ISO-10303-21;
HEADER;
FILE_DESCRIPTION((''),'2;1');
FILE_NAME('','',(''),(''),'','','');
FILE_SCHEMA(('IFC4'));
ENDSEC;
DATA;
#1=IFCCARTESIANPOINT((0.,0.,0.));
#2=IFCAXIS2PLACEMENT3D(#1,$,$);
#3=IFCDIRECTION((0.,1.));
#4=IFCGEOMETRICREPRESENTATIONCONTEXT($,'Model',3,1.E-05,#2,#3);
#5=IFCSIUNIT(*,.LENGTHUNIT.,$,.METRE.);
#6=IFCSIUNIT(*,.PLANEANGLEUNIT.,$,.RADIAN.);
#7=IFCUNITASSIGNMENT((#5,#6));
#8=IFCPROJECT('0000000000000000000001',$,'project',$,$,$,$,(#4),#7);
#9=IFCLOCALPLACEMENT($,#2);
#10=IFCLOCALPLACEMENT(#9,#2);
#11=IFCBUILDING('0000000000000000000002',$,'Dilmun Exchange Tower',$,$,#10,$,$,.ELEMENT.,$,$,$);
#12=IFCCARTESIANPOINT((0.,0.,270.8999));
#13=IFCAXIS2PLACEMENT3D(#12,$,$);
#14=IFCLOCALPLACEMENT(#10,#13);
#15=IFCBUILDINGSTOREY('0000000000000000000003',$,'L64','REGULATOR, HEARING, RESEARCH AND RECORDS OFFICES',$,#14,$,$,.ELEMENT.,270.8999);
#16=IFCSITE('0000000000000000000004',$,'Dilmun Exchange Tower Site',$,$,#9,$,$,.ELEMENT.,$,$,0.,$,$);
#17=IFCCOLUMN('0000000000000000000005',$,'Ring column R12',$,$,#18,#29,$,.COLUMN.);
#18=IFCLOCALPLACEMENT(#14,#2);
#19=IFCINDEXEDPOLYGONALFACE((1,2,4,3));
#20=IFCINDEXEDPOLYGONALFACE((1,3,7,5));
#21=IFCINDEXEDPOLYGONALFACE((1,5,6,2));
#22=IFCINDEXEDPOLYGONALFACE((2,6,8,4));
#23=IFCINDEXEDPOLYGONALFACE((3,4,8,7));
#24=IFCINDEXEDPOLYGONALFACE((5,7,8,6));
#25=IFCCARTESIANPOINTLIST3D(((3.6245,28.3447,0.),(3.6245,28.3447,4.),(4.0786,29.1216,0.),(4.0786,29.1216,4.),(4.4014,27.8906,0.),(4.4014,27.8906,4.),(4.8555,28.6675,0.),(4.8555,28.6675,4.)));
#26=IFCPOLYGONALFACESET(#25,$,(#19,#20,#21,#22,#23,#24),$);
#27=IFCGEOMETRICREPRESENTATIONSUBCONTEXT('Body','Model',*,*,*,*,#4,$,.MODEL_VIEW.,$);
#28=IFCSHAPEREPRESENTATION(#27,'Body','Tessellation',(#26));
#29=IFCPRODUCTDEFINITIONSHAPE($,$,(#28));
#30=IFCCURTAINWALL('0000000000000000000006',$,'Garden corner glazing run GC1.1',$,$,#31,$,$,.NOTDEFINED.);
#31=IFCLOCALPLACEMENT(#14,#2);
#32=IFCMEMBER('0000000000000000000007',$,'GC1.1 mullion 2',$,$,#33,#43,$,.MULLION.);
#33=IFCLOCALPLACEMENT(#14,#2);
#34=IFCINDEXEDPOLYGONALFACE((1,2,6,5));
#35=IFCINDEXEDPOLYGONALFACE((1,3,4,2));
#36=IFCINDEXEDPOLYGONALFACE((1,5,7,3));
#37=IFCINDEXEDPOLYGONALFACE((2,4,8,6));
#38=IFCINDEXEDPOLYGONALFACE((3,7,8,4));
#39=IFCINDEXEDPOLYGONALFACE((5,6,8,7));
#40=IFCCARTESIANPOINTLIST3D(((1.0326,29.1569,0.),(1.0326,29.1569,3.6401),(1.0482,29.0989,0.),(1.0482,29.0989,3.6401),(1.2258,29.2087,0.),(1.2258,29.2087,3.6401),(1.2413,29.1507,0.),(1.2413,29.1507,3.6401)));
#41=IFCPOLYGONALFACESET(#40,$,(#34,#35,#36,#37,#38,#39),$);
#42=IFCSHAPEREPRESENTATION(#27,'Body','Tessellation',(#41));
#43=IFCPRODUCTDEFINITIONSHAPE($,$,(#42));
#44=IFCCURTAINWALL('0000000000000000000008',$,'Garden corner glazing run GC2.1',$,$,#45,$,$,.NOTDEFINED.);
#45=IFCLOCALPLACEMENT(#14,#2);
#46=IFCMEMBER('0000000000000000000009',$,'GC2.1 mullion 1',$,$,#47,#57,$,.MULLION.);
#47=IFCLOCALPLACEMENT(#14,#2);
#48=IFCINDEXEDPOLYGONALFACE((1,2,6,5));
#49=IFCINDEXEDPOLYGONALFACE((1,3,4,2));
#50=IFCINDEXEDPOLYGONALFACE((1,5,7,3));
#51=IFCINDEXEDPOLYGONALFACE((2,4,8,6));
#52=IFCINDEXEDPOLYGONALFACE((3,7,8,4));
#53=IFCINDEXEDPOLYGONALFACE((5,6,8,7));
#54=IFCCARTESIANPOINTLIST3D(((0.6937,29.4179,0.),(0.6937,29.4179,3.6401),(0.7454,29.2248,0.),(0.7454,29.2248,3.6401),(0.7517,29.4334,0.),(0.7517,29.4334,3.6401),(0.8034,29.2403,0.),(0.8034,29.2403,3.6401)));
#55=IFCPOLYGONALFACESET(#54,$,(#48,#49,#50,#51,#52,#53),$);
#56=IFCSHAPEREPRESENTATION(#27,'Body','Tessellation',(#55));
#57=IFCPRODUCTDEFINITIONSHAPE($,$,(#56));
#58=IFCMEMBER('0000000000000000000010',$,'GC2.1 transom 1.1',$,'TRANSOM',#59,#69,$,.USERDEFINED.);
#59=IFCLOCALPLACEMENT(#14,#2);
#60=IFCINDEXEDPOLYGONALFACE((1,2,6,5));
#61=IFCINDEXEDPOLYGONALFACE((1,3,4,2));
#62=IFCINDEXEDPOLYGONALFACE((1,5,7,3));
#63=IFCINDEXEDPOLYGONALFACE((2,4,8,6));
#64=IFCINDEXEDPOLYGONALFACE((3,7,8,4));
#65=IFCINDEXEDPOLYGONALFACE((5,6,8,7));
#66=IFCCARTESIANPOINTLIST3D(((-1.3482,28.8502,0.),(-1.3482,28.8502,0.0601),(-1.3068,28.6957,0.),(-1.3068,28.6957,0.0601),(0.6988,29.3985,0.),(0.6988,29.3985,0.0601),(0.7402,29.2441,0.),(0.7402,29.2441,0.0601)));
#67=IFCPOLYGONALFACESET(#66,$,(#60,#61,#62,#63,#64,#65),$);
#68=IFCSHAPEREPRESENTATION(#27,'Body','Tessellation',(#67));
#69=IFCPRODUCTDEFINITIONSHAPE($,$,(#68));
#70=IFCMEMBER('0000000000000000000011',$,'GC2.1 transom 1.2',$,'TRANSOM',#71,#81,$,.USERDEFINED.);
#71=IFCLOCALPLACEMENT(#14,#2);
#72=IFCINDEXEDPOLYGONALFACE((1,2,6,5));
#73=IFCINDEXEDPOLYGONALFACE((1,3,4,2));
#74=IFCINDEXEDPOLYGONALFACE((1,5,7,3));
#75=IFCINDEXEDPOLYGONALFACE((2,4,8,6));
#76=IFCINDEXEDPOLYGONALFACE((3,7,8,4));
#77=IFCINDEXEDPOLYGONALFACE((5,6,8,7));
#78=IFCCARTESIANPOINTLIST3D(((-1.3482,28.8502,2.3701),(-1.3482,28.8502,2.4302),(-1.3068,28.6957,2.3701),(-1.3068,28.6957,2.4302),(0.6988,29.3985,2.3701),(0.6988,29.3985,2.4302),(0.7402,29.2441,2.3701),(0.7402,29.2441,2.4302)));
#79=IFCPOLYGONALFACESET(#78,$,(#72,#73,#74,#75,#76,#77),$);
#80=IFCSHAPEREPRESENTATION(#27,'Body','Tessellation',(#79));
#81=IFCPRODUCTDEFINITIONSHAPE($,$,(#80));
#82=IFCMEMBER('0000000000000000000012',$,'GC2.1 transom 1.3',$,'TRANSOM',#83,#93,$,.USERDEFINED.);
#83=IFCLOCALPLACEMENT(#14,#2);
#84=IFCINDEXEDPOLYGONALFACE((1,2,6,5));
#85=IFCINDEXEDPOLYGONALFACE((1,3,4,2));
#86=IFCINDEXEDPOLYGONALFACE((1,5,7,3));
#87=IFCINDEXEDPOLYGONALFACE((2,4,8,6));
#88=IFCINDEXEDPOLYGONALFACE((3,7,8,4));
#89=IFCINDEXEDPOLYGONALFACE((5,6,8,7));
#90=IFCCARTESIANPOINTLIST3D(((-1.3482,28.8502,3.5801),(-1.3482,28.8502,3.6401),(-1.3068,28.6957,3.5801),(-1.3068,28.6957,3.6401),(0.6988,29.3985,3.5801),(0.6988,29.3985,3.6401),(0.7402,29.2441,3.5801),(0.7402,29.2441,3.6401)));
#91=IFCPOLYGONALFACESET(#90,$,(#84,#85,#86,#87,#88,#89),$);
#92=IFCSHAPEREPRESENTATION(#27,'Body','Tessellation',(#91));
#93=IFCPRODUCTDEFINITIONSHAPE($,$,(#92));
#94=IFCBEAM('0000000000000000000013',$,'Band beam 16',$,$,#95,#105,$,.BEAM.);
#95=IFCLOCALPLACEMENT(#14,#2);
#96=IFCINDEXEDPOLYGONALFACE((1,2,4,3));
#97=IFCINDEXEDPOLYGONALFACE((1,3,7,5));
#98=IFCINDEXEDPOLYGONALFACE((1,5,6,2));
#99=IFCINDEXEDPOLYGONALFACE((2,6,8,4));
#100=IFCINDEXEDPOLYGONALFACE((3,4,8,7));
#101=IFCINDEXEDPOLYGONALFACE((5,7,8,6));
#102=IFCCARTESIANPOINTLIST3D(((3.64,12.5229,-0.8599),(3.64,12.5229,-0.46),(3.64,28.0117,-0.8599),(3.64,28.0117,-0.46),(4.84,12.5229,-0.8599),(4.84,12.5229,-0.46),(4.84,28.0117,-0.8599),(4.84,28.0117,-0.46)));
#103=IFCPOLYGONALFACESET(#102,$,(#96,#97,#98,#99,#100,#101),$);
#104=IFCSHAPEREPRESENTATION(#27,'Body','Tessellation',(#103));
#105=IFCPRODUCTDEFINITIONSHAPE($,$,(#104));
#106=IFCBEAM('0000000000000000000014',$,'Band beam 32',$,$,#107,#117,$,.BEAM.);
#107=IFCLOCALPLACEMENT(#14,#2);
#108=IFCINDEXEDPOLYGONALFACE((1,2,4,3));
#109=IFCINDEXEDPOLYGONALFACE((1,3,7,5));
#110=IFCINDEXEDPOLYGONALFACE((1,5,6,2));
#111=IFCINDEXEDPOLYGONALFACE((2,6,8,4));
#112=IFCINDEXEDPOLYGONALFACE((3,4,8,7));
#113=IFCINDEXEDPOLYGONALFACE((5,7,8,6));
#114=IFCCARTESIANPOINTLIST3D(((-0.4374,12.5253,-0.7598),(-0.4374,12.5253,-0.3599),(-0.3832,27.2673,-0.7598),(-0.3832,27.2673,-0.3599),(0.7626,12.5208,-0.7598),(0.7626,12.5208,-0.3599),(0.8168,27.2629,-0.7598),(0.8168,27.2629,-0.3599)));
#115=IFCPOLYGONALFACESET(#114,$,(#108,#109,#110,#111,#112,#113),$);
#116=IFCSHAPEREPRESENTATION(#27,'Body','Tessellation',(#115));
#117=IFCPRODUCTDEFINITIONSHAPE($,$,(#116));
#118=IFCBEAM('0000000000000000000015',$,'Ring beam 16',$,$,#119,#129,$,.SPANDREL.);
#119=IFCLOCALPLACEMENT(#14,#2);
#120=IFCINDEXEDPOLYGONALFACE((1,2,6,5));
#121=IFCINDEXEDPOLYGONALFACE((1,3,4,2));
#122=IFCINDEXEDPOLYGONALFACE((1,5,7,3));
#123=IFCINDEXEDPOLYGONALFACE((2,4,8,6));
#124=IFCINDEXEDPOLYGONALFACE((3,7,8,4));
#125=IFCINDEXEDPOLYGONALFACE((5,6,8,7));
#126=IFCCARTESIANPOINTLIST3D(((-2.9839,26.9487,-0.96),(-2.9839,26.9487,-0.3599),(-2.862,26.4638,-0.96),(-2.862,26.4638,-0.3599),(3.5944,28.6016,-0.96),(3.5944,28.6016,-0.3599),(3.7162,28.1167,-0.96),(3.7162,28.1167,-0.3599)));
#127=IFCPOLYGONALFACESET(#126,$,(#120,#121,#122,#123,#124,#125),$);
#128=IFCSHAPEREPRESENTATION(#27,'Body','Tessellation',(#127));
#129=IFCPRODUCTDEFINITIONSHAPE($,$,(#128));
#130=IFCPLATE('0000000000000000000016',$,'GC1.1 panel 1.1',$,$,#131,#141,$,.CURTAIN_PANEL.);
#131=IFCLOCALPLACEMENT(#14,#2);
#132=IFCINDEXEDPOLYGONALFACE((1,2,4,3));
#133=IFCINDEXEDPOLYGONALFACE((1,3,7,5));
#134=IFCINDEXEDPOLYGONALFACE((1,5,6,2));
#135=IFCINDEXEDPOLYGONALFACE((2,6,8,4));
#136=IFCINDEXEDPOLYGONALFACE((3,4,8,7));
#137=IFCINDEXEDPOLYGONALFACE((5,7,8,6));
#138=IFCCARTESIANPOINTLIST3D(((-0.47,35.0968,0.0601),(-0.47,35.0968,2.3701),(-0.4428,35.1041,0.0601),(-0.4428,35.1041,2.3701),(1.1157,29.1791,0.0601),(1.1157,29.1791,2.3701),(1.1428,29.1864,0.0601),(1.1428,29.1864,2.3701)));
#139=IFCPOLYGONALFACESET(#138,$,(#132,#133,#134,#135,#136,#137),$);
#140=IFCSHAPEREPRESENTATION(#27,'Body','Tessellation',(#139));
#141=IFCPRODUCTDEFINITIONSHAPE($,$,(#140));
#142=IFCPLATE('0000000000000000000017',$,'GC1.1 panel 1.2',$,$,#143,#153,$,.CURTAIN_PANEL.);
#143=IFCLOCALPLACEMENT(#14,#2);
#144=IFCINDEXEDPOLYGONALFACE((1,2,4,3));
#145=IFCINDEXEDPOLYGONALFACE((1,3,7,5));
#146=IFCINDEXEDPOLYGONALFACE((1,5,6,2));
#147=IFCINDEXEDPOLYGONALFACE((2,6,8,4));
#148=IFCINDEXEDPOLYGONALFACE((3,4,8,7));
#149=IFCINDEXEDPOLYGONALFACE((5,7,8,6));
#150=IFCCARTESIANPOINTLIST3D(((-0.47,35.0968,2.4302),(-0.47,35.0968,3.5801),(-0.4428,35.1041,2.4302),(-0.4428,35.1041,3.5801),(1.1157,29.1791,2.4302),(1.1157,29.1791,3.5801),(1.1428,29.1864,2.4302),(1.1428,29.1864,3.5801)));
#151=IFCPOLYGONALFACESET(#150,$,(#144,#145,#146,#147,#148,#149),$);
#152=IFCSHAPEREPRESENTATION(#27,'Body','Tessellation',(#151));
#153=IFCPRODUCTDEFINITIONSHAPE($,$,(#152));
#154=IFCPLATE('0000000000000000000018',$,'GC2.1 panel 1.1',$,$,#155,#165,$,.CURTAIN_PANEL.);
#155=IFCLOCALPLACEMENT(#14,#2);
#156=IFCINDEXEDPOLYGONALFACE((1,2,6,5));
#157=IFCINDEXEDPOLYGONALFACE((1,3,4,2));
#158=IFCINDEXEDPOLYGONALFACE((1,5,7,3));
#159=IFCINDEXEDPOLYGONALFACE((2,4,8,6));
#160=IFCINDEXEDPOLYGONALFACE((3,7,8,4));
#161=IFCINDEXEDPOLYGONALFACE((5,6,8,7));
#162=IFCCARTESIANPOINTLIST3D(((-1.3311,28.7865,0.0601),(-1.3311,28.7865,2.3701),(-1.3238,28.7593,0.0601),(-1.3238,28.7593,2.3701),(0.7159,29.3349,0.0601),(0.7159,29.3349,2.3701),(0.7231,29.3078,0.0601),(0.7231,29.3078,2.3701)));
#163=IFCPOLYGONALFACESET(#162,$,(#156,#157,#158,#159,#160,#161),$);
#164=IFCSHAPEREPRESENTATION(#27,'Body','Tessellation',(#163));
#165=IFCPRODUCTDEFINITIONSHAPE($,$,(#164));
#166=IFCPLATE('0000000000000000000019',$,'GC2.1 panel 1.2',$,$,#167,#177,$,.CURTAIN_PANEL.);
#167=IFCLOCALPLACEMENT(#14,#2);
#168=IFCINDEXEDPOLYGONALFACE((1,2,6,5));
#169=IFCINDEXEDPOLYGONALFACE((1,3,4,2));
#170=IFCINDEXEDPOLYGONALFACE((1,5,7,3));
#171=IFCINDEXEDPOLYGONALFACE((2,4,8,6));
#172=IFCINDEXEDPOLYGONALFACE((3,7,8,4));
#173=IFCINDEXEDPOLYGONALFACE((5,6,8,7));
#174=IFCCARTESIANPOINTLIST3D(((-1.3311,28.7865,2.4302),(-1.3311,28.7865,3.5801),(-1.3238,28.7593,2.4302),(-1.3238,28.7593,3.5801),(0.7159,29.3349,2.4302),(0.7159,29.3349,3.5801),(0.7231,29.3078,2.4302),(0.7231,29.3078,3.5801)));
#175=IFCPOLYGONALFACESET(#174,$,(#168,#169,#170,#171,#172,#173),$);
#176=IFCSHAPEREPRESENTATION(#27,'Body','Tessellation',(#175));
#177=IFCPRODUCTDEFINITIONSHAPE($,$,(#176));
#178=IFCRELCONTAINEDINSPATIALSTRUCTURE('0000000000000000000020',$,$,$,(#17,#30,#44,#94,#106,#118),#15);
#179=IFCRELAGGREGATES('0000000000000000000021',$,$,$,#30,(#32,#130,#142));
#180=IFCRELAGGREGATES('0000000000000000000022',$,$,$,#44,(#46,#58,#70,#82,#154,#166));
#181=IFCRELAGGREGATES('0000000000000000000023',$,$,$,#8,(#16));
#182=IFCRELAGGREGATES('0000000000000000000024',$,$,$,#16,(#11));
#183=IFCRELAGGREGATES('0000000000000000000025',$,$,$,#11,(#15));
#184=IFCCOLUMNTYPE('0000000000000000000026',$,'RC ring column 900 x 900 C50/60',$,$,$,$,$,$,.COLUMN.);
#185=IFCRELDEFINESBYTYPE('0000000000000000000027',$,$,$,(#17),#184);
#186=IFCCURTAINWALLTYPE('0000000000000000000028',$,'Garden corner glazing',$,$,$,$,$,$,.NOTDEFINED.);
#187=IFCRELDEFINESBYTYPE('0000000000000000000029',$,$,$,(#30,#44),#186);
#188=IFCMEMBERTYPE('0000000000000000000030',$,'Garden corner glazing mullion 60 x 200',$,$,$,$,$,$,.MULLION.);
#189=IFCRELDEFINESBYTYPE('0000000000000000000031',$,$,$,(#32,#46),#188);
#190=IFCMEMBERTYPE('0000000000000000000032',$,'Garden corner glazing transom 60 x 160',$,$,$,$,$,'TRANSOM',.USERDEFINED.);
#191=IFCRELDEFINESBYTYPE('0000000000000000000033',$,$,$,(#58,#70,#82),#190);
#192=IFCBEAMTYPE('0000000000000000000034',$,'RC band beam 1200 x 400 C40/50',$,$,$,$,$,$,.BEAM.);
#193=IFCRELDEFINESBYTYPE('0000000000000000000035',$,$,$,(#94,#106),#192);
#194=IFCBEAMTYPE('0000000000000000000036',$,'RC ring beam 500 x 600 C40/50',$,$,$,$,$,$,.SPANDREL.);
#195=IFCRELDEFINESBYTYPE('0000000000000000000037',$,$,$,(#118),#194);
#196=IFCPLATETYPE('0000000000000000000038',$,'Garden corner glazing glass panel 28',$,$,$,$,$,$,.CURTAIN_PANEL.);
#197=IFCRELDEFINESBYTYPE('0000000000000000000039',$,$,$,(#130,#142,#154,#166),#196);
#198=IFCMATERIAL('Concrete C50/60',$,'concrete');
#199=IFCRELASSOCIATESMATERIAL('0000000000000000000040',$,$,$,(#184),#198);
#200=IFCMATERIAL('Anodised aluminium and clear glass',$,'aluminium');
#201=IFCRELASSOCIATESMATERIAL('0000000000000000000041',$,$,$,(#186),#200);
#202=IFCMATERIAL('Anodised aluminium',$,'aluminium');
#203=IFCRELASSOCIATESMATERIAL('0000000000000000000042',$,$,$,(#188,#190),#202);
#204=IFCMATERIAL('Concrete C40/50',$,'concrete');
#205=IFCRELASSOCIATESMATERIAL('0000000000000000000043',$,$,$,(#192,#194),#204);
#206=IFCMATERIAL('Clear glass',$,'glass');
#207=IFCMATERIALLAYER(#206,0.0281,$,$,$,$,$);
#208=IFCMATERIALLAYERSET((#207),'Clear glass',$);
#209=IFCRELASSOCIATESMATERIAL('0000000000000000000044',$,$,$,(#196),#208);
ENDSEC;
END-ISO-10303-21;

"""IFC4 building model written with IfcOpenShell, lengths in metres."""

from ifc_helpers import new_model, si_unit, direction, frame, origin, origin_2d, place, context, subcontext, project, spatial, rectangle, extrude, material, layer, layer_set, material_profile, profile_set, type_object, element, aggregate, save


model = new_model("IFC4")

# Units and contexts
model_context = context("Model", 3, precision=1e-05, world=origin(), true_north=direction((0.0, 1.0)))
body_context = subcontext(model_context, "Body", "Model", "MODEL_VIEW")
ifc_project = project(units=[si_unit("LENGTHUNIT", "METRE"), si_unit("PLANEANGLEUNIT", "RADIAN")], contexts=[model_context])

# Site, building, storey
site_placement = place(None, origin())
site = spatial("IfcSite", under=ifc_project, at=site_placement, Name="Dilmun Exchange Tower Site", CompositionType="ELEMENT", RefElevation=0.0)
building_placement = place(site_placement, origin())
building = spatial("IfcBuilding", under=site, at=building_placement, Name="Dilmun Exchange Tower", CompositionType="ELEMENT")
storey_placement = place(building_placement, frame((0.0, 0.0, 270.8999)))
storey = spatial("IfcBuildingStorey", under=building, at=storey_placement, Name="L64", Description="REGULATOR, HEARING, RESEARCH AND RECORDS OFFICES", CompositionType="ELEMENT", Elevation=270.8999)

# Column
ifc_material_1 = material(Name="Concrete C50/60", Category="concrete")
ifc_material_profile_1 = material_profile(ifc_material_1, rectangle(XDim=0.8999, YDim=0.8999, at=origin_2d()), Name="900 x 900")
ifc_profile_set_1 = profile_set([ifc_material_profile_1], Name="Concrete C50/60")
column_type = type_object("IfcColumnType", Name="RC ring column 900 x 900 C50/60", PredefinedType="COLUMN", material=ifc_profile_set_1)
column_placement = place(storey_placement, frame((4.24, 28.5061, 0.0), z_axis=(0.0, 0.0, 1.0), x_axis=(0.504644, 0.863328, 0.0)))
element("IfcColumn", 1, at=column_placement, inside=storey, type_object=column_type, Name="Ring column R12", PredefinedType="COLUMN", context=body_context, shape_type="SweptSolid", body=[
    extrude(rectangle(XDim=0.8999, YDim=0.8999, at=origin_2d()), origin(), (0.0, 0.0, 1.0), 4.0),
])

# Curtain wall, member
ifc_material_2 = material(Name="Anodised aluminium and clear glass", Category="aluminium")
curtain_wall_type = type_object("IfcCurtainWallType", Name="Garden corner glazing", PredefinedType="NOTDEFINED", material=ifc_material_2)
curtain_wall_1_placement = place(storey_placement, origin())
curtain_wall_1 = element("IfcCurtainWall", 2, at=curtain_wall_1_placement, inside=storey, type_object=curtain_wall_type, Name="Garden corner glazing run GC1.1", PredefinedType="NOTDEFINED")
ifc_material_3 = material(Name="Anodised aluminium", Category="aluminium")
ifc_material_profile_2 = material_profile(ifc_material_3, rectangle(XDim=0.2, YDim=0.0601, at=origin_2d()), Name="AL 60x200")
ifc_profile_set_2 = profile_set([ifc_material_profile_2], Name="Anodised aluminium")
member_type_1 = type_object("IfcMemberType", Name="Garden corner glazing mullion 60 x 200", PredefinedType="MULLION", material=ifc_profile_set_2)
member_1_placement = place(storey_placement, frame((1.137, 29.1538, 0.0), z_axis=(0.0, 0.0, 1.0), x_axis=(0.965926, 0.258819, 0.0)))
member_1 = element("IfcMember", 3, at=member_1_placement, type_object=member_type_1, Name="GC1.1 mullion 2", PredefinedType="MULLION", context=body_context, shape_type="SweptSolid", body=[
    extrude(rectangle(XDim=0.2, YDim=0.0601, at=origin_2d()), origin(), (0.0, 0.0, 1.0), 3.6401),
])

# Curtain wall, members
curtain_wall_2_placement = place(storey_placement, origin())
curtain_wall_2 = element("IfcCurtainWall", 4, at=curtain_wall_2_placement, inside=storey, type_object=curtain_wall_type, Name="Garden corner glazing run GC2.1", PredefinedType="NOTDEFINED")
member_2_placement = place(storey_placement, frame((0.7485, 29.3291, 0.0), z_axis=(0.0, 0.0, 1.0), x_axis=(0.25881, -0.965928, 0.0)))
member_2 = element("IfcMember", 5, at=member_2_placement, type_object=member_type_1, Name="GC2.1 mullion 1", PredefinedType="MULLION", context=body_context, shape_type="SweptSolid", body=[
    extrude(rectangle(XDim=0.2, YDim=0.0601, at=origin_2d()), origin(), (0.0, 0.0, 1.0), 3.6401),
])
ifc_material_profile_3 = material_profile(ifc_material_3, rectangle(XDim=0.1599, YDim=0.0601, at=origin_2d()), Name="AL 60x160")
ifc_profile_set_3 = profile_set([ifc_material_profile_3], Name="Anodised aluminium")
member_type_2 = type_object("IfcMemberType", Name="Garden corner glazing transom 60 x 160", ElementType="TRANSOM", PredefinedType="USERDEFINED", material=ifc_profile_set_3)
member_3_placement = place(storey_placement, frame((0.7195, 29.3213, 0.03), z_axis=(-0.96594, -0.258767, 0.0), x_axis=(0.258767, -0.96594, 0.0)))
member_3 = element("IfcMember", 6, at=member_3_placement, type_object=member_type_2, Name="GC2.1 transom 1.1", ObjectType="TRANSOM", PredefinedType="USERDEFINED", context=body_context, shape_type="SweptSolid", body=[
    extrude(rectangle(XDim=0.1599, YDim=0.0601, at=origin_2d()), origin(), (0.0, 0.0, 1.0), 2.1191),
])
member_4_placement = place(storey_placement, frame((0.7195, 29.3213, 2.4001), z_axis=(-0.96594, -0.258767, 0.0), x_axis=(0.258767, -0.96594, 0.0)))
member_4 = element("IfcMember", 7, at=member_4_placement, type_object=member_type_2, Name="GC2.1 transom 1.2", ObjectType="TRANSOM", PredefinedType="USERDEFINED", context=body_context, shape_type="SweptSolid", body=[
    extrude(rectangle(XDim=0.1599, YDim=0.0601, at=origin_2d()), origin(), (0.0, 0.0, 1.0), 2.1191),
])
member_5_placement = place(storey_placement, frame((0.7195, 29.3213, 3.6101), z_axis=(-0.96594, -0.258767, 0.0), x_axis=(0.258767, -0.96594, 0.0)))
member_5 = element("IfcMember", 8, at=member_5_placement, type_object=member_type_2, Name="GC2.1 transom 1.3", ObjectType="TRANSOM", PredefinedType="USERDEFINED", context=body_context, shape_type="SweptSolid", body=[
    extrude(rectangle(XDim=0.1599, YDim=0.0601, at=origin_2d()), origin(), (0.0, 0.0, 1.0), 2.1191),
])

# Beams
ifc_material_4 = material(Name="Concrete C40/50", Category="concrete")
ifc_material_profile_4 = material_profile(ifc_material_4, rectangle(XDim=1.2, YDim=0.3999, at=origin_2d()), Name="1200 x 400")
ifc_profile_set_4 = profile_set([ifc_material_profile_4], Name="Concrete C40/50")
beam_type_1 = type_object("IfcBeamType", Name="RC band beam 1200 x 400 C40/50", PredefinedType="BEAM", material=ifc_profile_set_4)
beam_1_placement = place(storey_placement, frame((4.24, 28.0117, -0.6599), z_axis=(0.0, -1.0, 0.0), x_axis=(1.0, 0.0, 0.0)))
element("IfcBeam", 9, at=beam_1_placement, inside=storey, type_object=beam_type_1, Name="Band beam 16", PredefinedType="BEAM", context=body_context, shape_type="SweptSolid", body=[
    extrude(rectangle(XDim=1.2, YDim=0.3999, at=origin_2d()), origin(), (0.0, 0.0, 1.0), 15.4888),
])
beam_2_placement = place(storey_placement, frame((0.2168, 27.2651, -0.5598), z_axis=(-0.003676, -0.999993, 0.0), x_axis=(0.999993, -0.003676, 0.0)))
element("IfcBeam", 10, at=beam_2_placement, inside=storey, type_object=beam_type_1, Name="Band beam 32", PredefinedType="BEAM", context=body_context, shape_type="SweptSolid", body=[
    extrude(rectangle(XDim=1.2, YDim=0.3999, at=origin_2d()), origin(), (0.0, 0.0, 1.0), 14.7422),
])
ifc_material_profile_5 = material_profile(ifc_material_4, rectangle(XDim=0.5, YDim=0.6001, at=origin_2d()), Name="500 x 600")
ifc_profile_set_5 = profile_set([ifc_material_profile_5], Name="Concrete C40/50")
beam_type_2 = type_object("IfcBeamType", Name="RC ring beam 500 x 600 C40/50", PredefinedType="SPANDREL", material=ifc_profile_set_5)
beam_3_placement = place(storey_placement, frame((3.6553, 28.3591, -0.6599), z_axis=(-0.969854, -0.243687, 0.0), x_axis=(0.243687, -0.969854, 0.0)))
element("IfcBeam", 11, at=beam_3_placement, inside=storey, type_object=beam_type_2, Name="Ring beam 16", PredefinedType="SPANDREL", context=body_context, shape_type="SweptSolid", body=[
    extrude(rectangle(XDim=0.5, YDim=0.6001, at=origin_2d()), origin(), (0.0, 0.0, 1.0), 6.7827),
])

# Plates
ifc_material_5 = material(Name="Clear glass", Category="glass")
ifc_layer_1 = layer(ifc_material_5, 0.0281)
ifc_layer_set_1 = layer_set([ifc_layer_1], Name="Clear glass")
plate_type = type_object("IfcPlateType", Name="Garden corner glazing glass panel 28", PredefinedType="CURTAIN_PANEL", material=ifc_layer_set_1)
plate_1_placement = place(storey_placement, frame((0.3364, 32.1416, 0.0601), z_axis=(0.0, 0.0, 1.0), x_axis=(0.258819, -0.965926, 0.0)))
plate_1 = element("IfcPlate", 12, at=plate_1_placement, type_object=plate_type, Name="GC1.1 panel 1.1", PredefinedType="CURTAIN_PANEL", context=body_context, shape_type="SweptSolid", body=[
    extrude(rectangle(XDim=6.1265, YDim=0.0281, at=origin_2d()), origin(), (0.0, 0.0, 1.0), 2.3101),
])
plate_2_placement = place(storey_placement, frame((0.3364, 32.1416, 2.4302), z_axis=(0.0, 0.0, 1.0), x_axis=(0.258819, -0.965926, 0.0)))
plate_2 = element("IfcPlate", 13, at=plate_2_placement, type_object=plate_type, Name="GC1.1 panel 1.2", PredefinedType="CURTAIN_PANEL", context=body_context, shape_type="SweptSolid", body=[
    extrude(rectangle(XDim=6.1265, YDim=0.0281, at=origin_2d()), origin(), (0.0, 0.0, 1.0), 1.1499),
])
aggregate(curtain_wall_1, [member_1, plate_1, plate_2])
plate_3_placement = place(storey_placement, frame((-0.304, 29.0471, 0.0601), z_axis=(0.0, 0.0, 1.0), x_axis=(-0.965928, -0.25881, 0.0)))
plate_3 = element("IfcPlate", 14, at=plate_3_placement, type_object=plate_type, Name="GC2.1 panel 1.1", PredefinedType="CURTAIN_PANEL", context=body_context, shape_type="SweptSolid", body=[
    extrude(rectangle(XDim=2.1191, YDim=0.0281, at=origin_2d()), origin(), (0.0, 0.0, 1.0), 2.3101),
])
plate_4_placement = place(storey_placement, frame((-0.304, 29.0471, 2.4302), z_axis=(0.0, 0.0, 1.0), x_axis=(-0.965928, -0.25881, 0.0)))
plate_4 = element("IfcPlate", 15, at=plate_4_placement, type_object=plate_type, Name="GC2.1 panel 1.2", PredefinedType="CURTAIN_PANEL", context=body_context, shape_type="SweptSolid", body=[
    extrude(rectangle(XDim=2.1191, YDim=0.0281, at=origin_2d()), origin(), (0.0, 0.0, 1.0), 1.1499),
])
aggregate(curtain_wall_2, [member_2, member_3, member_4, member_5, plate_3, plate_4])

save(model, "model.ifc")
